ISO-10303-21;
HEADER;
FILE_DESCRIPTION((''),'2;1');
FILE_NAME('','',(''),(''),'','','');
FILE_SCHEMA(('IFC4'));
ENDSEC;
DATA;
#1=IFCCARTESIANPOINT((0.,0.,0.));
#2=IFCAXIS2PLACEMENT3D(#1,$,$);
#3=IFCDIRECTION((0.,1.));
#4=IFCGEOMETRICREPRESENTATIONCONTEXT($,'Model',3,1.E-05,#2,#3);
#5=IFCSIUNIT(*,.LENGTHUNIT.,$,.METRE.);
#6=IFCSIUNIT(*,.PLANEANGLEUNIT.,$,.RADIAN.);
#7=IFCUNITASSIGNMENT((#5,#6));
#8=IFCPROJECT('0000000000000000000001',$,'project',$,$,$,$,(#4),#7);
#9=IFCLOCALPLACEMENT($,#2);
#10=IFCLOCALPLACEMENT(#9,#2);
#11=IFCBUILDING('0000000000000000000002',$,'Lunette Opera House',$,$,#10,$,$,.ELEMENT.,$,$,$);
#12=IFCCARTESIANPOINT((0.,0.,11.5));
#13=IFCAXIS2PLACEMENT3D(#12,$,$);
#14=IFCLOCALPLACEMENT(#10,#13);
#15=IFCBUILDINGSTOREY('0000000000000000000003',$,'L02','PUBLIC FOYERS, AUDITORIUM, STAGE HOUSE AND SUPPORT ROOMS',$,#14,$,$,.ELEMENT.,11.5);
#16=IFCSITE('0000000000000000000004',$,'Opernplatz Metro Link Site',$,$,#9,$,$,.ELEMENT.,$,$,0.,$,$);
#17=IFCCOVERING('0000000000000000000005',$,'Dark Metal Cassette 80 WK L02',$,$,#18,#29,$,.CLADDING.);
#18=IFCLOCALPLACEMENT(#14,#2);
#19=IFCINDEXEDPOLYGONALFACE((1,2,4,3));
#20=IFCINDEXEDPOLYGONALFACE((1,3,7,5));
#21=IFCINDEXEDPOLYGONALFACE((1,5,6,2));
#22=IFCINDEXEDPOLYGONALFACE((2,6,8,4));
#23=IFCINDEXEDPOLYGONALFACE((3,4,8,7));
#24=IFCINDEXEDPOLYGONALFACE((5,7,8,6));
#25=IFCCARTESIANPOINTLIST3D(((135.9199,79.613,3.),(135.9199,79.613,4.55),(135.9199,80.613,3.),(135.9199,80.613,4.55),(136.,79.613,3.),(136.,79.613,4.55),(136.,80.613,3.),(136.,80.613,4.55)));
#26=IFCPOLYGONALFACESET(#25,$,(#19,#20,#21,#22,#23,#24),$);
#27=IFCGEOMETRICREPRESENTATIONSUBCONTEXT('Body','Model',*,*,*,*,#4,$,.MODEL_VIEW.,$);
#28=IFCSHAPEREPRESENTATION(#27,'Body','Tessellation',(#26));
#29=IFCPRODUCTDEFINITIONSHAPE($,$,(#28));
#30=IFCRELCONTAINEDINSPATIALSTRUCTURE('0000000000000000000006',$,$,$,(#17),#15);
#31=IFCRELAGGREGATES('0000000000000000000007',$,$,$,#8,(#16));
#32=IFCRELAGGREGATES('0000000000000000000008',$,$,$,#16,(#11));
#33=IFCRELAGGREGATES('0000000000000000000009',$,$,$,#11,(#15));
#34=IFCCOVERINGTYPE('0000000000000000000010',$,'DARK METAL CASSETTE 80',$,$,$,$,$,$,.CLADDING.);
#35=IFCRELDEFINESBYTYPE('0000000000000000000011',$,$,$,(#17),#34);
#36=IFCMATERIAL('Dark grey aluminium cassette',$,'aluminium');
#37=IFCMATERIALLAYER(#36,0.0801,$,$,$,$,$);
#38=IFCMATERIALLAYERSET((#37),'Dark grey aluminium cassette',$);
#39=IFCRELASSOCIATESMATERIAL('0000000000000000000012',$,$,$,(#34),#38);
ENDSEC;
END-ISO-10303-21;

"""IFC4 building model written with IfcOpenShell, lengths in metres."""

from ifc_helpers import new_model, si_unit, direction, frame, origin, origin_2d, place, context, subcontext, project, spatial, rectangle, extrude, material, layer, layer_set, type_object, element, save


model = new_model("IFC4")

# Units and contexts
model_context = context("Model", 3, precision=1e-05, world=origin(), true_north=direction((0.0, 1.0)))
body_context = subcontext(model_context, "Body", "Model", "MODEL_VIEW")
ifc_project = project(units=[si_unit("LENGTHUNIT", "METRE"), si_unit("PLANEANGLEUNIT", "RADIAN")], contexts=[model_context])

# Site, building, storey
site_placement = place(None, origin())
site = spatial("IfcSite", under=ifc_project, at=site_placement, Name="Opernplatz Metro Link Site", CompositionType="ELEMENT", RefElevation=0.0)
building_placement = place(site_placement, origin())
building = spatial("IfcBuilding", under=site, at=building_placement, Name="Lunette Opera House", CompositionType="ELEMENT")
storey_placement = place(building_placement, frame((0.0, 0.0, 11.5)))
storey = spatial("IfcBuildingStorey", under=building, at=storey_placement, Name="L02", Description="PUBLIC FOYERS, AUDITORIUM, STAGE HOUSE AND SUPPORT ROOMS", CompositionType="ELEMENT", Elevation=11.5)

# Covering
ifc_material_1 = material(Name="Dark grey aluminium cassette", Category="aluminium")
ifc_layer_1 = layer(ifc_material_1, 0.0801)
ifc_layer_set_1 = layer_set([ifc_layer_1], Name="Dark grey aluminium cassette")
covering_type = type_object("IfcCoveringType", Name="DARK METAL CASSETTE 80", PredefinedType="CLADDING", material=ifc_layer_set_1)
covering_1_placement = place(storey_placement, frame((135.96, 80.113, 3.0), z_axis=(0.0, 0.0, 1.0), x_axis=(0.0, -1.0, 0.0)))
element("IfcCovering", 1, at=covering_1_placement, inside=storey, type_object=covering_type, Name="Dark Metal Cassette 80 WK L02", PredefinedType="CLADDING", context=body_context, shape_type="SweptSolid", body=[
    extrude(rectangle(XDim=1.0, YDim=0.0801, at=origin_2d()), origin(), (0.0, 0.0, 1.0), 1.55),
])

save(model, "model.ifc")
